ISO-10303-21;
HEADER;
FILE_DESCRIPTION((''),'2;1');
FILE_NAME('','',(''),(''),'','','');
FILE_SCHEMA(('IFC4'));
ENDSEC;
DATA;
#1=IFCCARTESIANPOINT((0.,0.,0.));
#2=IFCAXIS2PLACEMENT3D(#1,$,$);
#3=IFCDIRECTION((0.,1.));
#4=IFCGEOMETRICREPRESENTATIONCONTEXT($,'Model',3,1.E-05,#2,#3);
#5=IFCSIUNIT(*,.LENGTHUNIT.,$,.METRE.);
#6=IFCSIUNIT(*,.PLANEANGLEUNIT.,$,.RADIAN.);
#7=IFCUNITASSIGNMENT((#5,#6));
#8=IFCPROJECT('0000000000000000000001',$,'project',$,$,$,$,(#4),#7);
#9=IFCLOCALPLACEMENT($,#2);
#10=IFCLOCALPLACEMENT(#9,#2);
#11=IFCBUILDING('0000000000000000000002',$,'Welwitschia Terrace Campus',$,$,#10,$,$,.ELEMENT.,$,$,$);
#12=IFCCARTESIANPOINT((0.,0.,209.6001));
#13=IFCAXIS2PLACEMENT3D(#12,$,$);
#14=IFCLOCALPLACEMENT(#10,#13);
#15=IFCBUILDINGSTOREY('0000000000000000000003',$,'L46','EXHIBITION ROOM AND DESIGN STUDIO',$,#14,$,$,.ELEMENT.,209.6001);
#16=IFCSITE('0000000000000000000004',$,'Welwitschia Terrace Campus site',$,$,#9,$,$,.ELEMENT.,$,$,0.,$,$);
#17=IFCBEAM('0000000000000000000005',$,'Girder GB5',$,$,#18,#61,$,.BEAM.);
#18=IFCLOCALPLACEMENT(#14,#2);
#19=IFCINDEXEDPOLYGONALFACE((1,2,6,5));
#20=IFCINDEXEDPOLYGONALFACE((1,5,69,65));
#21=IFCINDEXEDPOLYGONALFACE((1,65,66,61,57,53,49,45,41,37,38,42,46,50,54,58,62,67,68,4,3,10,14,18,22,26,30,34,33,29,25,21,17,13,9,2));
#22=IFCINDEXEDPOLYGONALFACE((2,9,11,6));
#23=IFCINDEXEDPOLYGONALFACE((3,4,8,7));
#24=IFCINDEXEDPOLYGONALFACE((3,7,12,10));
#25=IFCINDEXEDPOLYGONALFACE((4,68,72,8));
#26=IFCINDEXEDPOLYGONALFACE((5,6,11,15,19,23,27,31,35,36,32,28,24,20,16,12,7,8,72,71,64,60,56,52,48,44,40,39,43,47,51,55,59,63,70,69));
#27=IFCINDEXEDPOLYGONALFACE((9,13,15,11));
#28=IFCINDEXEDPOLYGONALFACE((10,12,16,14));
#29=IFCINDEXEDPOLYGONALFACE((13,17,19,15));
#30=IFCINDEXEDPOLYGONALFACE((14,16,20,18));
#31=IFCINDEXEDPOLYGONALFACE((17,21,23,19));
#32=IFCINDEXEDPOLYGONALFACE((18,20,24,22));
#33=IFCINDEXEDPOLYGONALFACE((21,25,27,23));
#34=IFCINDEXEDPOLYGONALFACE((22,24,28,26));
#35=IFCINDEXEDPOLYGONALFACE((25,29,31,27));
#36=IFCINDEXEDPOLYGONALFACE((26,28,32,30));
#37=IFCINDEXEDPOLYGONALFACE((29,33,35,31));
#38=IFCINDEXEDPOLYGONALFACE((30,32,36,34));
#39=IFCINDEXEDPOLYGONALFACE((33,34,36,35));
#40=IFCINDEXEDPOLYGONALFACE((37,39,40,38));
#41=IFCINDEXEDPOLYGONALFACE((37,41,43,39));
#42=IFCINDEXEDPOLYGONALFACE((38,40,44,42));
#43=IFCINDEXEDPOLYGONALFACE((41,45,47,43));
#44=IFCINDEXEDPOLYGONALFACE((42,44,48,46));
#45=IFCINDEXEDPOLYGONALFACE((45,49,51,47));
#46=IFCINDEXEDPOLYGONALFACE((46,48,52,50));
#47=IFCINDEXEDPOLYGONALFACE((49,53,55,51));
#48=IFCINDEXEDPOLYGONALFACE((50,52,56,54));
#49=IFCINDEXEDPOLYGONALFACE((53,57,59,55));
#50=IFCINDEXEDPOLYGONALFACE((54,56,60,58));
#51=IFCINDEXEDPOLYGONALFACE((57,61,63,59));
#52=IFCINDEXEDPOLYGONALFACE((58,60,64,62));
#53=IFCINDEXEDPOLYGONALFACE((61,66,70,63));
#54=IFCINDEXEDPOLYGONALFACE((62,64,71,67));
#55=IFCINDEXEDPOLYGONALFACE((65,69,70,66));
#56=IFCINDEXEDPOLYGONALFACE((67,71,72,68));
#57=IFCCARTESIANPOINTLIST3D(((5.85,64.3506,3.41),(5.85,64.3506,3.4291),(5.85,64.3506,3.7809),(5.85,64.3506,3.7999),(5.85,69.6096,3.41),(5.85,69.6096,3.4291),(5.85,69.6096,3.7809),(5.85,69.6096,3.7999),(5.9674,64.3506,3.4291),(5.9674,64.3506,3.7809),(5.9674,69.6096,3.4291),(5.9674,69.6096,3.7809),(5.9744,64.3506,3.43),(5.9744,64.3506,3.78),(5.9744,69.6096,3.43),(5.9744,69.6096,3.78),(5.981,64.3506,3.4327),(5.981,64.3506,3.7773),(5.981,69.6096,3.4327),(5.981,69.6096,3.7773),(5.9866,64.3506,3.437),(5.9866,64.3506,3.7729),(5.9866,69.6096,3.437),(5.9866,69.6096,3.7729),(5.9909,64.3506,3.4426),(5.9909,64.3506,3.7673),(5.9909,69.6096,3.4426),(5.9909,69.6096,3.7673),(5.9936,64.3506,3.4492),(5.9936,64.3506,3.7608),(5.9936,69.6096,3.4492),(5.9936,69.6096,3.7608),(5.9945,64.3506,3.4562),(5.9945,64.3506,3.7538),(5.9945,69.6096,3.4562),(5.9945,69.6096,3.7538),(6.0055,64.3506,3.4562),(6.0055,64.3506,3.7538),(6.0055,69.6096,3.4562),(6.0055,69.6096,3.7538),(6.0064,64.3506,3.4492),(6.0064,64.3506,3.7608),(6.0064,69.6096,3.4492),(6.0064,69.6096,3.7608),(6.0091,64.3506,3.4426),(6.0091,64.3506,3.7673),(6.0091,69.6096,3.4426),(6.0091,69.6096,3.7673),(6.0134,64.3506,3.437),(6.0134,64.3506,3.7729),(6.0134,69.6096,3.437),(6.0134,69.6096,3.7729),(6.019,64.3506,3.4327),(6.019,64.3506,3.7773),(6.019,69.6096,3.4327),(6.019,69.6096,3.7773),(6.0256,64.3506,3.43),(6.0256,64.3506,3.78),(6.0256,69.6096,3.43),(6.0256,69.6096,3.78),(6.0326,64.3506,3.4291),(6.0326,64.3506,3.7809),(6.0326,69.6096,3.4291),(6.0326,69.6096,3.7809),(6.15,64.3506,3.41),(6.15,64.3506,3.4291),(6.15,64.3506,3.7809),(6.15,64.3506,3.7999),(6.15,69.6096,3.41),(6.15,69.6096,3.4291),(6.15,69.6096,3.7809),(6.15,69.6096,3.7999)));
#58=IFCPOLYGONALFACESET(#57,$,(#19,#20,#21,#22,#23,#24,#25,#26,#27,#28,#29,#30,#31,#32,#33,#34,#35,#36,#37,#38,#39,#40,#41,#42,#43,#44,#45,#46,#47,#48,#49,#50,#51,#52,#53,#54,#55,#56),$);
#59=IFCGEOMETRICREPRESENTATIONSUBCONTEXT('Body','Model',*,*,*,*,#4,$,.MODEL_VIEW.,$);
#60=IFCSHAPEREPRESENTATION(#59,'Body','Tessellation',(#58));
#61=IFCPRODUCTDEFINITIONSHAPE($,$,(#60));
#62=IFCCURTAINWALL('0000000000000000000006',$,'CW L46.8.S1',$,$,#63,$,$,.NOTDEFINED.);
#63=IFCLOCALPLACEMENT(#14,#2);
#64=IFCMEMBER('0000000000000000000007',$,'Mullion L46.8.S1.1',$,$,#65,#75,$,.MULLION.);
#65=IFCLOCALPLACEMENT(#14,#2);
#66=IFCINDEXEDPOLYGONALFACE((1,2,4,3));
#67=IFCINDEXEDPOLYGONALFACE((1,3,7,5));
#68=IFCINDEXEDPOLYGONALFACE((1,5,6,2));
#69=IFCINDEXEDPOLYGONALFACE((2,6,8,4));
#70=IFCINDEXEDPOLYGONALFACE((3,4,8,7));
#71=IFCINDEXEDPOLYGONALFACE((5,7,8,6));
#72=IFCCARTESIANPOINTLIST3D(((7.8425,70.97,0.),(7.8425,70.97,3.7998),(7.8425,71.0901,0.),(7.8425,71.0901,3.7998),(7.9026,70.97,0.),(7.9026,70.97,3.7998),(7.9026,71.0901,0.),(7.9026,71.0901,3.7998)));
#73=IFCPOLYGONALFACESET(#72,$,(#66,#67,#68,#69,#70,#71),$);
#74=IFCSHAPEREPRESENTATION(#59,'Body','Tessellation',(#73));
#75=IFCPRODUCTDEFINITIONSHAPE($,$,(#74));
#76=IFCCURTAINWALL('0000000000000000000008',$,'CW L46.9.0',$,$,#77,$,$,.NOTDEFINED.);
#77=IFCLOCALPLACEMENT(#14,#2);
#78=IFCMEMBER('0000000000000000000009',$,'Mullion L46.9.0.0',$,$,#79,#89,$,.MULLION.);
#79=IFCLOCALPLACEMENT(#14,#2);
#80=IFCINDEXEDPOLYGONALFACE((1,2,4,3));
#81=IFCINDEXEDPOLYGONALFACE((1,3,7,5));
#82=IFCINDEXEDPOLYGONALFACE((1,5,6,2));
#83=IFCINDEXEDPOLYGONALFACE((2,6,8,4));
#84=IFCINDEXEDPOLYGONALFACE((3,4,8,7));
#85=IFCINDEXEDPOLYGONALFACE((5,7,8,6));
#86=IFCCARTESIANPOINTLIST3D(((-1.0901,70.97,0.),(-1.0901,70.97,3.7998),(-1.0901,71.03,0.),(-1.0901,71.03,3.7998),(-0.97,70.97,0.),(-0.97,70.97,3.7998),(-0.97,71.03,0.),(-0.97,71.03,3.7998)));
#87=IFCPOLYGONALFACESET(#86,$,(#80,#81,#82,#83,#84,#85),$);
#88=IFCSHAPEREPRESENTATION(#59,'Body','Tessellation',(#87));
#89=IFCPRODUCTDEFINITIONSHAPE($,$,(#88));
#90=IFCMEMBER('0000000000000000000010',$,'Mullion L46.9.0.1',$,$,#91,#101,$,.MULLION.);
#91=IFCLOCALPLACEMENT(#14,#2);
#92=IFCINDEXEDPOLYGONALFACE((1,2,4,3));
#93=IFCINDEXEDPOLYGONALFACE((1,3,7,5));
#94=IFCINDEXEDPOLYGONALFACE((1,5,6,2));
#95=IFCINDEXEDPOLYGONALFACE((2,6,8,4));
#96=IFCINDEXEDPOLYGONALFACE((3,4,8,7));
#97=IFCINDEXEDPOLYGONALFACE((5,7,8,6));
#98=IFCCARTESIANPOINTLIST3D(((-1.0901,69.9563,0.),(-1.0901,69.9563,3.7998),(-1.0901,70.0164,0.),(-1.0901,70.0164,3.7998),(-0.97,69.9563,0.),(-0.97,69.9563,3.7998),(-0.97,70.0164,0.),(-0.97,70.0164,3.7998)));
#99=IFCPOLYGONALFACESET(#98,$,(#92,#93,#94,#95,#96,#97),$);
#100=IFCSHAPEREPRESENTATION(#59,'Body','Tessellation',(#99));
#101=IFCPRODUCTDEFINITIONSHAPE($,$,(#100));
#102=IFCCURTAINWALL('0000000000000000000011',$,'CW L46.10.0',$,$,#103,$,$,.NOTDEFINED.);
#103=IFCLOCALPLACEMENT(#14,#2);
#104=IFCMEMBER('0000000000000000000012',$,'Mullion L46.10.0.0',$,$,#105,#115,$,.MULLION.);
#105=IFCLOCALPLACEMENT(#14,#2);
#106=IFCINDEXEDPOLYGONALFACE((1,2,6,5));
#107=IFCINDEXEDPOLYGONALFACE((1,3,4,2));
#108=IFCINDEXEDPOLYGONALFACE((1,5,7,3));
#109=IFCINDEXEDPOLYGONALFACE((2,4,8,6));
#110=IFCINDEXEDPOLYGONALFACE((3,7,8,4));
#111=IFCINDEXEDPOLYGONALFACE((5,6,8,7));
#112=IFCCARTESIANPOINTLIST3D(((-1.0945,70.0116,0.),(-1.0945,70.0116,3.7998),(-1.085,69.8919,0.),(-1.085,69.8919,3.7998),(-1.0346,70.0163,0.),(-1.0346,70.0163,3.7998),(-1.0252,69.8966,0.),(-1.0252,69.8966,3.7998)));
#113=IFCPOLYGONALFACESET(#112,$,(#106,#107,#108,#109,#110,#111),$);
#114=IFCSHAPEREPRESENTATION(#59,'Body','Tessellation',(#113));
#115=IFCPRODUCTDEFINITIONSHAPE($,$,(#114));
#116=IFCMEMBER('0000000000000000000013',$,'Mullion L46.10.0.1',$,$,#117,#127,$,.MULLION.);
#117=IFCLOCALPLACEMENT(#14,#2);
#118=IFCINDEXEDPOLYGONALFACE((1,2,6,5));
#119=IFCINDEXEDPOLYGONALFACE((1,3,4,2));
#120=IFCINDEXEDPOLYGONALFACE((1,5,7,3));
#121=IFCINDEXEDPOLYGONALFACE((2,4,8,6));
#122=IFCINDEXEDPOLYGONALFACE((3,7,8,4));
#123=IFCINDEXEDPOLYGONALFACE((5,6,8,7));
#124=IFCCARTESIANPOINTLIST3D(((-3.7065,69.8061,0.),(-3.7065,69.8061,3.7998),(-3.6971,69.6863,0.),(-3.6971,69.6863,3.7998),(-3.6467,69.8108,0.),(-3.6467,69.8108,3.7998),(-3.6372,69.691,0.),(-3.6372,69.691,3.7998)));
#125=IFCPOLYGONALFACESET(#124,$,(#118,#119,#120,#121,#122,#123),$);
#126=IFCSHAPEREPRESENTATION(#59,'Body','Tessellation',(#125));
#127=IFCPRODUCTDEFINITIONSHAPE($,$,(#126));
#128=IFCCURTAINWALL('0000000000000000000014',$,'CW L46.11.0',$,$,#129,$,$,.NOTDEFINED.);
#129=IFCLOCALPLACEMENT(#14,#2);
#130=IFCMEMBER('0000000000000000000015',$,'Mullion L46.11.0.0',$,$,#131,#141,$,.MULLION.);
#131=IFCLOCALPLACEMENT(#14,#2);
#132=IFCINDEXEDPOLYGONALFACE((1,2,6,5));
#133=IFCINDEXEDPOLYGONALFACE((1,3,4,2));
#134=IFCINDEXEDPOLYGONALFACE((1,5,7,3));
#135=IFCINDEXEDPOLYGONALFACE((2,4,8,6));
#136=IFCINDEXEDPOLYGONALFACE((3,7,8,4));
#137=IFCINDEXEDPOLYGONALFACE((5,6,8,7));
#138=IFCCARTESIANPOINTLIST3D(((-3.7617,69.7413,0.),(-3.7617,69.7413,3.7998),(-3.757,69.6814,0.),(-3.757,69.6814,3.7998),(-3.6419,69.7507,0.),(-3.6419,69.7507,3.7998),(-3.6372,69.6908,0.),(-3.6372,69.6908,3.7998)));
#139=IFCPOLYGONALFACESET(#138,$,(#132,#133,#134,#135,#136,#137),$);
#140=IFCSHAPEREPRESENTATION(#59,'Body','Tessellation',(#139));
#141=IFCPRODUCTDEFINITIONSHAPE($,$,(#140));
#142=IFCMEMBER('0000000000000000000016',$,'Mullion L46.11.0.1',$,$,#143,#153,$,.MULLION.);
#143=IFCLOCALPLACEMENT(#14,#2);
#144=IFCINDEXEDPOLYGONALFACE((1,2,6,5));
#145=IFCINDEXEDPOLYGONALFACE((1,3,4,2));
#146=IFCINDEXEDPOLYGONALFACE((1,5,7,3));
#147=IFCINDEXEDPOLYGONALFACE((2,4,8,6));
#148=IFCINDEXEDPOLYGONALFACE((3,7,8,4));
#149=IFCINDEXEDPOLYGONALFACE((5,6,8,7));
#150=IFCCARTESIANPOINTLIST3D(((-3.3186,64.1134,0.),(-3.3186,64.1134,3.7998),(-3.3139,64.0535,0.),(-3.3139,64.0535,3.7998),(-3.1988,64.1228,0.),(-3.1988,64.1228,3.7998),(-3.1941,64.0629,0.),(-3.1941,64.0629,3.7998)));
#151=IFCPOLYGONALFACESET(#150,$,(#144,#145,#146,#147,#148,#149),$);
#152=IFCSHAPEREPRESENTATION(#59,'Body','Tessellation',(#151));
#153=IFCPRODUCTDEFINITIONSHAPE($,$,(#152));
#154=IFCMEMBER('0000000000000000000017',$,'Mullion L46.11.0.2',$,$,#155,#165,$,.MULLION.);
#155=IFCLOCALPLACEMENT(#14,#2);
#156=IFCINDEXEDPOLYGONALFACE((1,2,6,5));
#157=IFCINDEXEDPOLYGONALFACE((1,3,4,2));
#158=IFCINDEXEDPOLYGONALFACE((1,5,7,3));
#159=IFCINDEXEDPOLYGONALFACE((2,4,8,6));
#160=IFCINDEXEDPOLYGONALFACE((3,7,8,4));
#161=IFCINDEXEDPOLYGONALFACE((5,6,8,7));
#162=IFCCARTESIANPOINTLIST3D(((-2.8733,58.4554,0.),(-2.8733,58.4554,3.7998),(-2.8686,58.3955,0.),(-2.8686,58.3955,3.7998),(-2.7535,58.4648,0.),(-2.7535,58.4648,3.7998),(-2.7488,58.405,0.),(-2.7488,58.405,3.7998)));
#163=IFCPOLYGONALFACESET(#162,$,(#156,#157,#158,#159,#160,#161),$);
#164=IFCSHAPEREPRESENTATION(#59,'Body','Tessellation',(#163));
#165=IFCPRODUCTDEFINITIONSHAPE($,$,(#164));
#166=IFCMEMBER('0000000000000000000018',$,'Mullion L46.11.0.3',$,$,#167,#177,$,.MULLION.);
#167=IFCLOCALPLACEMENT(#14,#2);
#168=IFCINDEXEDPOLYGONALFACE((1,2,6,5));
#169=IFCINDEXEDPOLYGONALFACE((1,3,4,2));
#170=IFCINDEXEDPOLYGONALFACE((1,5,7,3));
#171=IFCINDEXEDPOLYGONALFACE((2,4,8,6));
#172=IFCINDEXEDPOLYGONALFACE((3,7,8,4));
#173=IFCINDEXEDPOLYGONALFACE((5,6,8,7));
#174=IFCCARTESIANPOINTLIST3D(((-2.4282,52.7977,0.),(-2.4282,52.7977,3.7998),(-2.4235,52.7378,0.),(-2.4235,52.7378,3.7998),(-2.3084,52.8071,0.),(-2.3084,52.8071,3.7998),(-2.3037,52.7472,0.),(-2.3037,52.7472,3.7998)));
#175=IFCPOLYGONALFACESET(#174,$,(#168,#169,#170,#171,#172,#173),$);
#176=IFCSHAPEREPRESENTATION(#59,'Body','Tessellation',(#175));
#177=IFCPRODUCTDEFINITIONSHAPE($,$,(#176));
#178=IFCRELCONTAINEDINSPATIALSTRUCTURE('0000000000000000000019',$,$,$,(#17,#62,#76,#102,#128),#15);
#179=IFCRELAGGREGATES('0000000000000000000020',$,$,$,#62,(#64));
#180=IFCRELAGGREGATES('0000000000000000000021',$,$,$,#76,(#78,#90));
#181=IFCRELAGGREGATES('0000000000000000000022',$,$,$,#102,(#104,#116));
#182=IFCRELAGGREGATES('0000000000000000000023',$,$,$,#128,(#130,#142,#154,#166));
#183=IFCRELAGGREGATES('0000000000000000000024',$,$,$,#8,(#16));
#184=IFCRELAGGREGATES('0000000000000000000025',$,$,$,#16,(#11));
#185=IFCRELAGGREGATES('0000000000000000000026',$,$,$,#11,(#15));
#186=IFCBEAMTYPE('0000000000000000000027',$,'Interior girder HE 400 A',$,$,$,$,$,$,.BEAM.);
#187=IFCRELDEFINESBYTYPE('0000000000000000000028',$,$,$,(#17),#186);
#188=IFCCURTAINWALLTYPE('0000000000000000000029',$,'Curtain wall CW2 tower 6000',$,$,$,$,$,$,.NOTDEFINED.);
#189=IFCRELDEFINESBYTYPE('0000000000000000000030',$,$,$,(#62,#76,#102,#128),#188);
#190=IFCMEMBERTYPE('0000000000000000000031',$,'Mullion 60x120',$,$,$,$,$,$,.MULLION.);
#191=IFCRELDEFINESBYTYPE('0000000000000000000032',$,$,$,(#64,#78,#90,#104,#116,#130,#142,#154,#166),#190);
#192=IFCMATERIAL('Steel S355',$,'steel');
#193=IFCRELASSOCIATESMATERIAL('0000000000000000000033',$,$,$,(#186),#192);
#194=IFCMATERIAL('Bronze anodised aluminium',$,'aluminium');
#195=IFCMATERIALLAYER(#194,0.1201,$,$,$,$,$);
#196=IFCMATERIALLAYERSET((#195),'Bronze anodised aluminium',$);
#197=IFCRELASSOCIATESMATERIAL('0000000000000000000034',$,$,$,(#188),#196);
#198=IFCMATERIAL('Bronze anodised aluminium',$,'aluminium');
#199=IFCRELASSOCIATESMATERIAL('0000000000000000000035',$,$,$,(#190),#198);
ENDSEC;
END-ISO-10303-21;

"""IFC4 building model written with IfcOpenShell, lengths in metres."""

from ifc_helpers import new_model, si_unit, direction, frame, origin, origin_2d, place, context, subcontext, project, spatial, rectangle, i_section, extrude, material, layer, layer_set, material_profile, profile_set, type_object, element, aggregate, save


model = new_model("IFC4")

# Units and contexts
model_context = context("Model", 3, precision=1e-05, world=origin(), true_north=direction((0.0, 1.0)))
body_context = subcontext(model_context, "Body", "Model", "MODEL_VIEW")
ifc_project = project(units=[si_unit("LENGTHUNIT", "METRE"), si_unit("PLANEANGLEUNIT", "RADIAN")], contexts=[model_context])

# Site, building, storey
site_placement = place(None, origin())
site = spatial("IfcSite", under=ifc_project, at=site_placement, Name="Welwitschia Terrace Campus site", CompositionType="ELEMENT", RefElevation=0.0)
building_placement = place(site_placement, origin())
building = spatial("IfcBuilding", under=site, at=building_placement, Name="Welwitschia Terrace Campus", CompositionType="ELEMENT")
storey_placement = place(building_placement, frame((0.0, 0.0, 209.6001)))
storey = spatial("IfcBuildingStorey", under=building, at=storey_placement, Name="L46", Description="EXHIBITION ROOM AND DESIGN STUDIO", CompositionType="ELEMENT", Elevation=209.6001)

# Beam
ifc_material_1 = material(Name="Steel S355", Category="steel")
ifc_material_profile_1 = material_profile(ifc_material_1, i_section(OverallWidth=0.3, OverallDepth=0.3899, WebThickness=0.011, FlangeThickness=0.019, FilletRadius=0.0271, at=origin_2d()))
ifc_profile_set_1 = profile_set([ifc_material_profile_1], Name="Steel S355")
beam_type_1 = type_object("IfcBeamType", Name="Interior girder HE 400 A", PredefinedType="BEAM", material=ifc_profile_set_1)
beam_1_placement = place(storey_placement, frame((6.0, 64.3506, 3.605), z_axis=(0.0, 1.0, 0.0), x_axis=(-1.0, 0.0, 0.0)))
element("IfcBeam", 1, at=beam_1_placement, inside=storey, type_object=beam_type_1, Name="Girder GB5", PredefinedType="BEAM", context=body_context, shape_type="SweptSolid", body=[
    extrude(i_section(OverallWidth=0.3, OverallDepth=0.3899, WebThickness=0.011, FlangeThickness=0.019, FilletRadius=0.0271, at=origin_2d()), origin(), (0.0, 0.0, 1.0), 5.259),
])

# Curtain wall, member
ifc_material_2 = material(Name="Bronze anodised aluminium", Category="aluminium")
ifc_layer_1 = layer(ifc_material_2, 0.1201)
ifc_layer_set_1 = layer_set([ifc_layer_1], Name="Bronze anodised aluminium")
curtain_wall_type = type_object("IfcCurtainWallType", Name="Curtain wall CW2 tower 6000", PredefinedType="NOTDEFINED", material=ifc_layer_set_1)
curtain_wall_1_placement = place(storey_placement, origin())
curtain_wall_1 = element("IfcCurtainWall", 2, at=curtain_wall_1_placement, inside=storey, type_object=curtain_wall_type, Name="CW L46.8.S1", PredefinedType="NOTDEFINED")
ifc_material_3 = material(Name="Bronze anodised aluminium", Category="aluminium")
ifc_material_profile_2 = material_profile(ifc_material_3, rectangle(XDim=0.1201, YDim=0.0601, at=origin_2d()))
ifc_profile_set_2 = profile_set([ifc_material_profile_2], Name="Bronze anodised aluminium")
member_type_1 = type_object("IfcMemberType", Name="Mullion 60x120", PredefinedType="MULLION", material=ifc_profile_set_2)
member_1_placement = place(storey_placement, frame((7.8726, 71.03, 0.0), z_axis=(0.0, 0.0, 1.0), x_axis=(0.0, -1.0, 0.0)))
member_1 = element("IfcMember", 3, at=member_1_placement, type_object=member_type_1, Name="Mullion L46.8.S1.1", PredefinedType="MULLION", context=body_context, shape_type="SweptSolid", body=[
    extrude(rectangle(XDim=0.1201, YDim=0.0601, at=origin_2d()), origin(), (0.0, 0.0, 1.0), 3.7998),
])
aggregate(curtain_wall_1, [member_1])

# Curtain walls, members
curtain_wall_2_placement = place(storey_placement, origin())
curtain_wall_2 = element("IfcCurtainWall", 4, at=curtain_wall_2_placement, inside=storey, type_object=curtain_wall_type, Name="CW L46.9.0", PredefinedType="NOTDEFINED")
member_2_placement = place(storey_placement, frame((-1.03, 71.0, 0.0), z_axis=(0.0, 0.0, 1.0), x_axis=(1.0, 0.0, 0.0)))
member_2 = element("IfcMember", 5, at=member_2_placement, type_object=member_type_1, Name="Mullion L46.9.0.0", PredefinedType="MULLION", context=body_context, shape_type="SweptSolid", body=[
    extrude(rectangle(XDim=0.1201, YDim=0.0601, at=origin_2d()), origin(), (0.0, 0.0, 1.0), 3.7998),
])
member_3_placement = place(storey_placement, frame((-1.03, 69.9863, 0.0), z_axis=(0.0, 0.0, 1.0), x_axis=(1.0, 0.0, 0.0)))
member_3 = element("IfcMember", 6, at=member_3_placement, type_object=member_type_1, Name="Mullion L46.9.0.1", PredefinedType="MULLION", context=body_context, shape_type="SweptSolid", body=[
    extrude(rectangle(XDim=0.1201, YDim=0.0601, at=origin_2d()), origin(), (0.0, 0.0, 1.0), 3.7998),
])
curtain_wall_3_placement = place(storey_placement, origin())
curtain_wall_3 = element("IfcCurtainWall", 7, at=curtain_wall_3_placement, inside=storey, type_object=curtain_wall_type, Name="CW L46.10.0", PredefinedType="NOTDEFINED")
member_4_placement = place(storey_placement, frame((-1.0598, 69.9541, 0.0), z_axis=(0.0, 0.0, 1.0), x_axis=(0.078459, -0.996917, 0.0)))
member_4 = element("IfcMember", 8, at=member_4_placement, type_object=member_type_1, Name="Mullion L46.10.0.0", PredefinedType="MULLION", context=body_context, shape_type="SweptSolid", body=[
    extrude(rectangle(XDim=0.1201, YDim=0.0601, at=origin_2d()), origin(), (0.0, 0.0, 1.0), 3.7998),
])
member_5_placement = place(storey_placement, frame((-3.6719, 69.7485, 0.0), z_axis=(0.0, 0.0, 1.0), x_axis=(0.078459, -0.996917, 0.0)))
member_5 = element("IfcMember", 9, at=member_5_placement, type_object=member_type_1, Name="Mullion L46.10.0.1", PredefinedType="MULLION", context=body_context, shape_type="SweptSolid", body=[
    extrude(rectangle(XDim=0.1201, YDim=0.0601, at=origin_2d()), origin(), (0.0, 0.0, 1.0), 3.7998),
])
curtain_wall_4_placement = place(storey_placement, origin())
curtain_wall_4 = element("IfcCurtainWall", 10, at=curtain_wall_4_placement, inside=storey, type_object=curtain_wall_type, Name="CW L46.11.0", PredefinedType="NOTDEFINED")
member_6_placement = place(storey_placement, frame((-3.6995, 69.7161, 0.0), z_axis=(0.0, 0.0, 1.0), x_axis=(0.996917, 0.078459, 0.0)))
member_6 = element("IfcMember", 11, at=member_6_placement, type_object=member_type_1, Name="Mullion L46.11.0.0", PredefinedType="MULLION", context=body_context, shape_type="SweptSolid", body=[
    extrude(rectangle(XDim=0.1201, YDim=0.0601, at=origin_2d()), origin(), (0.0, 0.0, 1.0), 3.7998),
])
member_7_placement = place(storey_placement, frame((-3.2563, 64.0881, 0.0), z_axis=(0.0, 0.0, 1.0), x_axis=(0.996917, 0.078459, 0.0)))
member_7 = element("IfcMember", 12, at=member_7_placement, type_object=member_type_1, Name="Mullion L46.11.0.1", PredefinedType="MULLION", context=body_context, shape_type="SweptSolid", body=[
    extrude(rectangle(XDim=0.1201, YDim=0.0601, at=origin_2d()), origin(), (0.0, 0.0, 1.0), 3.7998),
])
member_8_placement = place(storey_placement, frame((-2.811, 58.4302, 0.0), z_axis=(0.0, 0.0, 1.0), x_axis=(0.996917, 0.078459, 0.0)))
member_8 = element("IfcMember", 13, at=member_8_placement, type_object=member_type_1, Name="Mullion L46.11.0.2", PredefinedType="MULLION", context=body_context, shape_type="SweptSolid", body=[
    extrude(rectangle(XDim=0.1201, YDim=0.0601, at=origin_2d()), origin(), (0.0, 0.0, 1.0), 3.7998),
])
member_9_placement = place(storey_placement, frame((-2.366, 52.7725, 0.0), z_axis=(0.0, 0.0, 1.0), x_axis=(0.996917, 0.078459, 0.0)))
member_9 = element("IfcMember", 14, at=member_9_placement, type_object=member_type_1, Name="Mullion L46.11.0.3", PredefinedType="MULLION", context=body_context, shape_type="SweptSolid", body=[
    extrude(rectangle(XDim=0.1201, YDim=0.0601, at=origin_2d()), origin(), (0.0, 0.0, 1.0), 3.7998),
])

aggregate(curtain_wall_2, [member_2, member_3])
aggregate(curtain_wall_3, [member_4, member_5])
aggregate(curtain_wall_4, [member_6, member_7, member_8, member_9])

save(model, "model.ifc")
